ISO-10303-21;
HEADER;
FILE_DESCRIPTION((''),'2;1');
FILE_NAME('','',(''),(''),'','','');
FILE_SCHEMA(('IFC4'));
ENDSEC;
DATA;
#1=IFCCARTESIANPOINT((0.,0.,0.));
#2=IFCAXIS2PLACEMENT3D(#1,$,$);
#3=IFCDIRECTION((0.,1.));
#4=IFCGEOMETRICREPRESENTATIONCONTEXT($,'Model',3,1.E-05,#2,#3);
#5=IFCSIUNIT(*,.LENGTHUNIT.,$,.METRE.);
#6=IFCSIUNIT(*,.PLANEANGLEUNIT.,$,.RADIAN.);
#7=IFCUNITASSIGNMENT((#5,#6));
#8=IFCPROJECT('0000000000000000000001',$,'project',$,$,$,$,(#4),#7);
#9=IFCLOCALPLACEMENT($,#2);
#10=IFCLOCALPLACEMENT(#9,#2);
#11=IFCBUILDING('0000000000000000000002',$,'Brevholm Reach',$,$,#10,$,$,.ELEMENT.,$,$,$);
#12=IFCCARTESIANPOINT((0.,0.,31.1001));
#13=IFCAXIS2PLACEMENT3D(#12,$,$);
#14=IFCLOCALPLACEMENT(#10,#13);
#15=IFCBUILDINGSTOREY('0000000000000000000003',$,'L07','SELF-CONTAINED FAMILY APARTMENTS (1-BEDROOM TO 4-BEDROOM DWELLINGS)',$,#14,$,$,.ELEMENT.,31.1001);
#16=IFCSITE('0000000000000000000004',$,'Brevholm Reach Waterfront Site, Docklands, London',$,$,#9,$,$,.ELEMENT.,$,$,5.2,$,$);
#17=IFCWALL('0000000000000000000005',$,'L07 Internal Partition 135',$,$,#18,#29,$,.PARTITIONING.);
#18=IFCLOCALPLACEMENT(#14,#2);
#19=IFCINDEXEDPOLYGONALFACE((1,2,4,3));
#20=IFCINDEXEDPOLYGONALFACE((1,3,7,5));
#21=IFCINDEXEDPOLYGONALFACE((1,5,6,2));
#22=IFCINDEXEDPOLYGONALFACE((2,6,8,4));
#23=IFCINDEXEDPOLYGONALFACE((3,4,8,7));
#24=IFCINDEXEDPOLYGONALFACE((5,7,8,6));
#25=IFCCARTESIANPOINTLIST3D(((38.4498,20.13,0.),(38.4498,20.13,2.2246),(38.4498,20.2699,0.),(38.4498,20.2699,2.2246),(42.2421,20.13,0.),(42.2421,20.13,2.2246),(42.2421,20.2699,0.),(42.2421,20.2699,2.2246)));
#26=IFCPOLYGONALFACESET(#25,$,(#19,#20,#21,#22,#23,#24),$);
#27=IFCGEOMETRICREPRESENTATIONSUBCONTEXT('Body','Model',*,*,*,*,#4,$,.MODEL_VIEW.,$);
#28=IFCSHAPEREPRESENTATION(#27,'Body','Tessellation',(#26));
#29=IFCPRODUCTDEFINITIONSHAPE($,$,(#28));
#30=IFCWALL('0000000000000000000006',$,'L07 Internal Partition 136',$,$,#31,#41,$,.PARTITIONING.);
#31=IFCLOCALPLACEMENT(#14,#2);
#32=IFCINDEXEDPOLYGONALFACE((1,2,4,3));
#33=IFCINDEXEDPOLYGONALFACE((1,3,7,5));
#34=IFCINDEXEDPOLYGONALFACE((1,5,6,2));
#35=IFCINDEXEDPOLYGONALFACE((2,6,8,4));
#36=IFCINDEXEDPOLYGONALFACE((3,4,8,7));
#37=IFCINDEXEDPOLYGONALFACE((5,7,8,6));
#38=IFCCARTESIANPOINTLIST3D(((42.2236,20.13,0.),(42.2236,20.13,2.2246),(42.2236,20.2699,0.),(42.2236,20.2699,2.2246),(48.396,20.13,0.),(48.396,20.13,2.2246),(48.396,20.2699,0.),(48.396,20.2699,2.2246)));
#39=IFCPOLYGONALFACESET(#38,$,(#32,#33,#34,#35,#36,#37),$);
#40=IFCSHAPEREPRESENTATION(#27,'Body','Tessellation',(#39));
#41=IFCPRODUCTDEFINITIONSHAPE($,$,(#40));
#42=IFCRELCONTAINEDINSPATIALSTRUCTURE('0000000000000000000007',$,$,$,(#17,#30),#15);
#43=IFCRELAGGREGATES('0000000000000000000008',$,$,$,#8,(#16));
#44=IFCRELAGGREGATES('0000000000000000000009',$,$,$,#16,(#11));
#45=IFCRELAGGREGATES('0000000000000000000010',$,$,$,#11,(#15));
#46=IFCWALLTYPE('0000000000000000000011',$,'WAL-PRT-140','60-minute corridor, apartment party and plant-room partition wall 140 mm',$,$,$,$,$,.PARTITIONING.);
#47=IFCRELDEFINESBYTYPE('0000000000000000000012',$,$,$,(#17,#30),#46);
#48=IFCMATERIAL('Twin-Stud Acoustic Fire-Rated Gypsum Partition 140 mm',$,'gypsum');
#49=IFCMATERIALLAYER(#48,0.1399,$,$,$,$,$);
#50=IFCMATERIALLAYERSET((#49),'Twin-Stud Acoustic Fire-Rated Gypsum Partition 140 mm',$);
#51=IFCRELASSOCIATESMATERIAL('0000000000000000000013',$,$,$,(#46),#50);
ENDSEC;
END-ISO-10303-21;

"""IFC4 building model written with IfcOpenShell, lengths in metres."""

from ifc_helpers import new_model, si_unit, direction, frame, frame_2d, origin, place, context, subcontext, project, spatial, rectangle, extrude, material, layer, layer_set, type_object, element, save


model = new_model("IFC4")

# Units and contexts
model_context = context("Model", 3, precision=1e-05, world=origin(), true_north=direction((0.0, 1.0)))
body_context = subcontext(model_context, "Body", "Model", "MODEL_VIEW")
ifc_project = project(units=[si_unit("LENGTHUNIT", "METRE"), si_unit("PLANEANGLEUNIT", "RADIAN")], contexts=[model_context])

# Site, building, storey
site_placement = place(None, origin())
site = spatial("IfcSite", under=ifc_project, at=site_placement, Name="Brevholm Reach Waterfront Site, Docklands, London", CompositionType="ELEMENT", RefElevation=5.2)
building_placement = place(site_placement, origin())
building = spatial("IfcBuilding", under=site, at=building_placement, Name="Brevholm Reach", CompositionType="ELEMENT")
storey_placement = place(building_placement, frame((0.0, 0.0, 31.1001)))
storey = spatial("IfcBuildingStorey", under=building, at=storey_placement, Name="L07", Description="SELF-CONTAINED FAMILY APARTMENTS (1-BEDROOM TO 4-BEDROOM DWELLINGS)", CompositionType="ELEMENT", Elevation=31.1001)

# Walls
ifc_material_1 = material(Name="Twin-Stud Acoustic Fire-Rated Gypsum Partition 140 mm", Category="gypsum")
ifc_layer_1 = layer(ifc_material_1, 0.1399)
ifc_layer_set_1 = layer_set([ifc_layer_1], Name="Twin-Stud Acoustic Fire-Rated Gypsum Partition 140 mm")
wall_type_1 = type_object("IfcWallType", Name="WAL-PRT-140", Description="60-minute corridor, apartment party and plant-room partition wall 140 mm", PredefinedType="PARTITIONING", material=ifc_layer_set_1)
wall_1_placement = place(storey_placement, frame((38.45, 20.2, 0.0), z_axis=(0.0, 0.0, 1.0), x_axis=(1.0, 0.0, 0.0)))
element("IfcWall", 1, at=wall_1_placement, inside=storey, type_object=wall_type_1, Name="L07 Internal Partition 135", PredefinedType="PARTITIONING", context=body_context, shape_type="SweptSolid", body=[
    extrude(rectangle(XDim=3.7922, YDim=0.1399, at=frame_2d((1.896, 0.0))), origin(), (0.0, 0.0, 1.0), 2.2246),
])
wall_2_placement = place(storey_placement, frame((42.2236, 20.2, 0.0), z_axis=(0.0, 0.0, 1.0), x_axis=(1.0, 0.0, 0.0)))
element("IfcWall", 2, at=wall_2_placement, inside=storey, type_object=wall_type_1, Name="L07 Internal Partition 136", PredefinedType="PARTITIONING", context=body_context, shape_type="SweptSolid", body=[
    extrude(rectangle(XDim=6.1724, YDim=0.1399, at=frame_2d((3.0862, 0.0))), origin(), (0.0, 0.0, 1.0), 2.2246),
])

save(model, "model.ifc")
